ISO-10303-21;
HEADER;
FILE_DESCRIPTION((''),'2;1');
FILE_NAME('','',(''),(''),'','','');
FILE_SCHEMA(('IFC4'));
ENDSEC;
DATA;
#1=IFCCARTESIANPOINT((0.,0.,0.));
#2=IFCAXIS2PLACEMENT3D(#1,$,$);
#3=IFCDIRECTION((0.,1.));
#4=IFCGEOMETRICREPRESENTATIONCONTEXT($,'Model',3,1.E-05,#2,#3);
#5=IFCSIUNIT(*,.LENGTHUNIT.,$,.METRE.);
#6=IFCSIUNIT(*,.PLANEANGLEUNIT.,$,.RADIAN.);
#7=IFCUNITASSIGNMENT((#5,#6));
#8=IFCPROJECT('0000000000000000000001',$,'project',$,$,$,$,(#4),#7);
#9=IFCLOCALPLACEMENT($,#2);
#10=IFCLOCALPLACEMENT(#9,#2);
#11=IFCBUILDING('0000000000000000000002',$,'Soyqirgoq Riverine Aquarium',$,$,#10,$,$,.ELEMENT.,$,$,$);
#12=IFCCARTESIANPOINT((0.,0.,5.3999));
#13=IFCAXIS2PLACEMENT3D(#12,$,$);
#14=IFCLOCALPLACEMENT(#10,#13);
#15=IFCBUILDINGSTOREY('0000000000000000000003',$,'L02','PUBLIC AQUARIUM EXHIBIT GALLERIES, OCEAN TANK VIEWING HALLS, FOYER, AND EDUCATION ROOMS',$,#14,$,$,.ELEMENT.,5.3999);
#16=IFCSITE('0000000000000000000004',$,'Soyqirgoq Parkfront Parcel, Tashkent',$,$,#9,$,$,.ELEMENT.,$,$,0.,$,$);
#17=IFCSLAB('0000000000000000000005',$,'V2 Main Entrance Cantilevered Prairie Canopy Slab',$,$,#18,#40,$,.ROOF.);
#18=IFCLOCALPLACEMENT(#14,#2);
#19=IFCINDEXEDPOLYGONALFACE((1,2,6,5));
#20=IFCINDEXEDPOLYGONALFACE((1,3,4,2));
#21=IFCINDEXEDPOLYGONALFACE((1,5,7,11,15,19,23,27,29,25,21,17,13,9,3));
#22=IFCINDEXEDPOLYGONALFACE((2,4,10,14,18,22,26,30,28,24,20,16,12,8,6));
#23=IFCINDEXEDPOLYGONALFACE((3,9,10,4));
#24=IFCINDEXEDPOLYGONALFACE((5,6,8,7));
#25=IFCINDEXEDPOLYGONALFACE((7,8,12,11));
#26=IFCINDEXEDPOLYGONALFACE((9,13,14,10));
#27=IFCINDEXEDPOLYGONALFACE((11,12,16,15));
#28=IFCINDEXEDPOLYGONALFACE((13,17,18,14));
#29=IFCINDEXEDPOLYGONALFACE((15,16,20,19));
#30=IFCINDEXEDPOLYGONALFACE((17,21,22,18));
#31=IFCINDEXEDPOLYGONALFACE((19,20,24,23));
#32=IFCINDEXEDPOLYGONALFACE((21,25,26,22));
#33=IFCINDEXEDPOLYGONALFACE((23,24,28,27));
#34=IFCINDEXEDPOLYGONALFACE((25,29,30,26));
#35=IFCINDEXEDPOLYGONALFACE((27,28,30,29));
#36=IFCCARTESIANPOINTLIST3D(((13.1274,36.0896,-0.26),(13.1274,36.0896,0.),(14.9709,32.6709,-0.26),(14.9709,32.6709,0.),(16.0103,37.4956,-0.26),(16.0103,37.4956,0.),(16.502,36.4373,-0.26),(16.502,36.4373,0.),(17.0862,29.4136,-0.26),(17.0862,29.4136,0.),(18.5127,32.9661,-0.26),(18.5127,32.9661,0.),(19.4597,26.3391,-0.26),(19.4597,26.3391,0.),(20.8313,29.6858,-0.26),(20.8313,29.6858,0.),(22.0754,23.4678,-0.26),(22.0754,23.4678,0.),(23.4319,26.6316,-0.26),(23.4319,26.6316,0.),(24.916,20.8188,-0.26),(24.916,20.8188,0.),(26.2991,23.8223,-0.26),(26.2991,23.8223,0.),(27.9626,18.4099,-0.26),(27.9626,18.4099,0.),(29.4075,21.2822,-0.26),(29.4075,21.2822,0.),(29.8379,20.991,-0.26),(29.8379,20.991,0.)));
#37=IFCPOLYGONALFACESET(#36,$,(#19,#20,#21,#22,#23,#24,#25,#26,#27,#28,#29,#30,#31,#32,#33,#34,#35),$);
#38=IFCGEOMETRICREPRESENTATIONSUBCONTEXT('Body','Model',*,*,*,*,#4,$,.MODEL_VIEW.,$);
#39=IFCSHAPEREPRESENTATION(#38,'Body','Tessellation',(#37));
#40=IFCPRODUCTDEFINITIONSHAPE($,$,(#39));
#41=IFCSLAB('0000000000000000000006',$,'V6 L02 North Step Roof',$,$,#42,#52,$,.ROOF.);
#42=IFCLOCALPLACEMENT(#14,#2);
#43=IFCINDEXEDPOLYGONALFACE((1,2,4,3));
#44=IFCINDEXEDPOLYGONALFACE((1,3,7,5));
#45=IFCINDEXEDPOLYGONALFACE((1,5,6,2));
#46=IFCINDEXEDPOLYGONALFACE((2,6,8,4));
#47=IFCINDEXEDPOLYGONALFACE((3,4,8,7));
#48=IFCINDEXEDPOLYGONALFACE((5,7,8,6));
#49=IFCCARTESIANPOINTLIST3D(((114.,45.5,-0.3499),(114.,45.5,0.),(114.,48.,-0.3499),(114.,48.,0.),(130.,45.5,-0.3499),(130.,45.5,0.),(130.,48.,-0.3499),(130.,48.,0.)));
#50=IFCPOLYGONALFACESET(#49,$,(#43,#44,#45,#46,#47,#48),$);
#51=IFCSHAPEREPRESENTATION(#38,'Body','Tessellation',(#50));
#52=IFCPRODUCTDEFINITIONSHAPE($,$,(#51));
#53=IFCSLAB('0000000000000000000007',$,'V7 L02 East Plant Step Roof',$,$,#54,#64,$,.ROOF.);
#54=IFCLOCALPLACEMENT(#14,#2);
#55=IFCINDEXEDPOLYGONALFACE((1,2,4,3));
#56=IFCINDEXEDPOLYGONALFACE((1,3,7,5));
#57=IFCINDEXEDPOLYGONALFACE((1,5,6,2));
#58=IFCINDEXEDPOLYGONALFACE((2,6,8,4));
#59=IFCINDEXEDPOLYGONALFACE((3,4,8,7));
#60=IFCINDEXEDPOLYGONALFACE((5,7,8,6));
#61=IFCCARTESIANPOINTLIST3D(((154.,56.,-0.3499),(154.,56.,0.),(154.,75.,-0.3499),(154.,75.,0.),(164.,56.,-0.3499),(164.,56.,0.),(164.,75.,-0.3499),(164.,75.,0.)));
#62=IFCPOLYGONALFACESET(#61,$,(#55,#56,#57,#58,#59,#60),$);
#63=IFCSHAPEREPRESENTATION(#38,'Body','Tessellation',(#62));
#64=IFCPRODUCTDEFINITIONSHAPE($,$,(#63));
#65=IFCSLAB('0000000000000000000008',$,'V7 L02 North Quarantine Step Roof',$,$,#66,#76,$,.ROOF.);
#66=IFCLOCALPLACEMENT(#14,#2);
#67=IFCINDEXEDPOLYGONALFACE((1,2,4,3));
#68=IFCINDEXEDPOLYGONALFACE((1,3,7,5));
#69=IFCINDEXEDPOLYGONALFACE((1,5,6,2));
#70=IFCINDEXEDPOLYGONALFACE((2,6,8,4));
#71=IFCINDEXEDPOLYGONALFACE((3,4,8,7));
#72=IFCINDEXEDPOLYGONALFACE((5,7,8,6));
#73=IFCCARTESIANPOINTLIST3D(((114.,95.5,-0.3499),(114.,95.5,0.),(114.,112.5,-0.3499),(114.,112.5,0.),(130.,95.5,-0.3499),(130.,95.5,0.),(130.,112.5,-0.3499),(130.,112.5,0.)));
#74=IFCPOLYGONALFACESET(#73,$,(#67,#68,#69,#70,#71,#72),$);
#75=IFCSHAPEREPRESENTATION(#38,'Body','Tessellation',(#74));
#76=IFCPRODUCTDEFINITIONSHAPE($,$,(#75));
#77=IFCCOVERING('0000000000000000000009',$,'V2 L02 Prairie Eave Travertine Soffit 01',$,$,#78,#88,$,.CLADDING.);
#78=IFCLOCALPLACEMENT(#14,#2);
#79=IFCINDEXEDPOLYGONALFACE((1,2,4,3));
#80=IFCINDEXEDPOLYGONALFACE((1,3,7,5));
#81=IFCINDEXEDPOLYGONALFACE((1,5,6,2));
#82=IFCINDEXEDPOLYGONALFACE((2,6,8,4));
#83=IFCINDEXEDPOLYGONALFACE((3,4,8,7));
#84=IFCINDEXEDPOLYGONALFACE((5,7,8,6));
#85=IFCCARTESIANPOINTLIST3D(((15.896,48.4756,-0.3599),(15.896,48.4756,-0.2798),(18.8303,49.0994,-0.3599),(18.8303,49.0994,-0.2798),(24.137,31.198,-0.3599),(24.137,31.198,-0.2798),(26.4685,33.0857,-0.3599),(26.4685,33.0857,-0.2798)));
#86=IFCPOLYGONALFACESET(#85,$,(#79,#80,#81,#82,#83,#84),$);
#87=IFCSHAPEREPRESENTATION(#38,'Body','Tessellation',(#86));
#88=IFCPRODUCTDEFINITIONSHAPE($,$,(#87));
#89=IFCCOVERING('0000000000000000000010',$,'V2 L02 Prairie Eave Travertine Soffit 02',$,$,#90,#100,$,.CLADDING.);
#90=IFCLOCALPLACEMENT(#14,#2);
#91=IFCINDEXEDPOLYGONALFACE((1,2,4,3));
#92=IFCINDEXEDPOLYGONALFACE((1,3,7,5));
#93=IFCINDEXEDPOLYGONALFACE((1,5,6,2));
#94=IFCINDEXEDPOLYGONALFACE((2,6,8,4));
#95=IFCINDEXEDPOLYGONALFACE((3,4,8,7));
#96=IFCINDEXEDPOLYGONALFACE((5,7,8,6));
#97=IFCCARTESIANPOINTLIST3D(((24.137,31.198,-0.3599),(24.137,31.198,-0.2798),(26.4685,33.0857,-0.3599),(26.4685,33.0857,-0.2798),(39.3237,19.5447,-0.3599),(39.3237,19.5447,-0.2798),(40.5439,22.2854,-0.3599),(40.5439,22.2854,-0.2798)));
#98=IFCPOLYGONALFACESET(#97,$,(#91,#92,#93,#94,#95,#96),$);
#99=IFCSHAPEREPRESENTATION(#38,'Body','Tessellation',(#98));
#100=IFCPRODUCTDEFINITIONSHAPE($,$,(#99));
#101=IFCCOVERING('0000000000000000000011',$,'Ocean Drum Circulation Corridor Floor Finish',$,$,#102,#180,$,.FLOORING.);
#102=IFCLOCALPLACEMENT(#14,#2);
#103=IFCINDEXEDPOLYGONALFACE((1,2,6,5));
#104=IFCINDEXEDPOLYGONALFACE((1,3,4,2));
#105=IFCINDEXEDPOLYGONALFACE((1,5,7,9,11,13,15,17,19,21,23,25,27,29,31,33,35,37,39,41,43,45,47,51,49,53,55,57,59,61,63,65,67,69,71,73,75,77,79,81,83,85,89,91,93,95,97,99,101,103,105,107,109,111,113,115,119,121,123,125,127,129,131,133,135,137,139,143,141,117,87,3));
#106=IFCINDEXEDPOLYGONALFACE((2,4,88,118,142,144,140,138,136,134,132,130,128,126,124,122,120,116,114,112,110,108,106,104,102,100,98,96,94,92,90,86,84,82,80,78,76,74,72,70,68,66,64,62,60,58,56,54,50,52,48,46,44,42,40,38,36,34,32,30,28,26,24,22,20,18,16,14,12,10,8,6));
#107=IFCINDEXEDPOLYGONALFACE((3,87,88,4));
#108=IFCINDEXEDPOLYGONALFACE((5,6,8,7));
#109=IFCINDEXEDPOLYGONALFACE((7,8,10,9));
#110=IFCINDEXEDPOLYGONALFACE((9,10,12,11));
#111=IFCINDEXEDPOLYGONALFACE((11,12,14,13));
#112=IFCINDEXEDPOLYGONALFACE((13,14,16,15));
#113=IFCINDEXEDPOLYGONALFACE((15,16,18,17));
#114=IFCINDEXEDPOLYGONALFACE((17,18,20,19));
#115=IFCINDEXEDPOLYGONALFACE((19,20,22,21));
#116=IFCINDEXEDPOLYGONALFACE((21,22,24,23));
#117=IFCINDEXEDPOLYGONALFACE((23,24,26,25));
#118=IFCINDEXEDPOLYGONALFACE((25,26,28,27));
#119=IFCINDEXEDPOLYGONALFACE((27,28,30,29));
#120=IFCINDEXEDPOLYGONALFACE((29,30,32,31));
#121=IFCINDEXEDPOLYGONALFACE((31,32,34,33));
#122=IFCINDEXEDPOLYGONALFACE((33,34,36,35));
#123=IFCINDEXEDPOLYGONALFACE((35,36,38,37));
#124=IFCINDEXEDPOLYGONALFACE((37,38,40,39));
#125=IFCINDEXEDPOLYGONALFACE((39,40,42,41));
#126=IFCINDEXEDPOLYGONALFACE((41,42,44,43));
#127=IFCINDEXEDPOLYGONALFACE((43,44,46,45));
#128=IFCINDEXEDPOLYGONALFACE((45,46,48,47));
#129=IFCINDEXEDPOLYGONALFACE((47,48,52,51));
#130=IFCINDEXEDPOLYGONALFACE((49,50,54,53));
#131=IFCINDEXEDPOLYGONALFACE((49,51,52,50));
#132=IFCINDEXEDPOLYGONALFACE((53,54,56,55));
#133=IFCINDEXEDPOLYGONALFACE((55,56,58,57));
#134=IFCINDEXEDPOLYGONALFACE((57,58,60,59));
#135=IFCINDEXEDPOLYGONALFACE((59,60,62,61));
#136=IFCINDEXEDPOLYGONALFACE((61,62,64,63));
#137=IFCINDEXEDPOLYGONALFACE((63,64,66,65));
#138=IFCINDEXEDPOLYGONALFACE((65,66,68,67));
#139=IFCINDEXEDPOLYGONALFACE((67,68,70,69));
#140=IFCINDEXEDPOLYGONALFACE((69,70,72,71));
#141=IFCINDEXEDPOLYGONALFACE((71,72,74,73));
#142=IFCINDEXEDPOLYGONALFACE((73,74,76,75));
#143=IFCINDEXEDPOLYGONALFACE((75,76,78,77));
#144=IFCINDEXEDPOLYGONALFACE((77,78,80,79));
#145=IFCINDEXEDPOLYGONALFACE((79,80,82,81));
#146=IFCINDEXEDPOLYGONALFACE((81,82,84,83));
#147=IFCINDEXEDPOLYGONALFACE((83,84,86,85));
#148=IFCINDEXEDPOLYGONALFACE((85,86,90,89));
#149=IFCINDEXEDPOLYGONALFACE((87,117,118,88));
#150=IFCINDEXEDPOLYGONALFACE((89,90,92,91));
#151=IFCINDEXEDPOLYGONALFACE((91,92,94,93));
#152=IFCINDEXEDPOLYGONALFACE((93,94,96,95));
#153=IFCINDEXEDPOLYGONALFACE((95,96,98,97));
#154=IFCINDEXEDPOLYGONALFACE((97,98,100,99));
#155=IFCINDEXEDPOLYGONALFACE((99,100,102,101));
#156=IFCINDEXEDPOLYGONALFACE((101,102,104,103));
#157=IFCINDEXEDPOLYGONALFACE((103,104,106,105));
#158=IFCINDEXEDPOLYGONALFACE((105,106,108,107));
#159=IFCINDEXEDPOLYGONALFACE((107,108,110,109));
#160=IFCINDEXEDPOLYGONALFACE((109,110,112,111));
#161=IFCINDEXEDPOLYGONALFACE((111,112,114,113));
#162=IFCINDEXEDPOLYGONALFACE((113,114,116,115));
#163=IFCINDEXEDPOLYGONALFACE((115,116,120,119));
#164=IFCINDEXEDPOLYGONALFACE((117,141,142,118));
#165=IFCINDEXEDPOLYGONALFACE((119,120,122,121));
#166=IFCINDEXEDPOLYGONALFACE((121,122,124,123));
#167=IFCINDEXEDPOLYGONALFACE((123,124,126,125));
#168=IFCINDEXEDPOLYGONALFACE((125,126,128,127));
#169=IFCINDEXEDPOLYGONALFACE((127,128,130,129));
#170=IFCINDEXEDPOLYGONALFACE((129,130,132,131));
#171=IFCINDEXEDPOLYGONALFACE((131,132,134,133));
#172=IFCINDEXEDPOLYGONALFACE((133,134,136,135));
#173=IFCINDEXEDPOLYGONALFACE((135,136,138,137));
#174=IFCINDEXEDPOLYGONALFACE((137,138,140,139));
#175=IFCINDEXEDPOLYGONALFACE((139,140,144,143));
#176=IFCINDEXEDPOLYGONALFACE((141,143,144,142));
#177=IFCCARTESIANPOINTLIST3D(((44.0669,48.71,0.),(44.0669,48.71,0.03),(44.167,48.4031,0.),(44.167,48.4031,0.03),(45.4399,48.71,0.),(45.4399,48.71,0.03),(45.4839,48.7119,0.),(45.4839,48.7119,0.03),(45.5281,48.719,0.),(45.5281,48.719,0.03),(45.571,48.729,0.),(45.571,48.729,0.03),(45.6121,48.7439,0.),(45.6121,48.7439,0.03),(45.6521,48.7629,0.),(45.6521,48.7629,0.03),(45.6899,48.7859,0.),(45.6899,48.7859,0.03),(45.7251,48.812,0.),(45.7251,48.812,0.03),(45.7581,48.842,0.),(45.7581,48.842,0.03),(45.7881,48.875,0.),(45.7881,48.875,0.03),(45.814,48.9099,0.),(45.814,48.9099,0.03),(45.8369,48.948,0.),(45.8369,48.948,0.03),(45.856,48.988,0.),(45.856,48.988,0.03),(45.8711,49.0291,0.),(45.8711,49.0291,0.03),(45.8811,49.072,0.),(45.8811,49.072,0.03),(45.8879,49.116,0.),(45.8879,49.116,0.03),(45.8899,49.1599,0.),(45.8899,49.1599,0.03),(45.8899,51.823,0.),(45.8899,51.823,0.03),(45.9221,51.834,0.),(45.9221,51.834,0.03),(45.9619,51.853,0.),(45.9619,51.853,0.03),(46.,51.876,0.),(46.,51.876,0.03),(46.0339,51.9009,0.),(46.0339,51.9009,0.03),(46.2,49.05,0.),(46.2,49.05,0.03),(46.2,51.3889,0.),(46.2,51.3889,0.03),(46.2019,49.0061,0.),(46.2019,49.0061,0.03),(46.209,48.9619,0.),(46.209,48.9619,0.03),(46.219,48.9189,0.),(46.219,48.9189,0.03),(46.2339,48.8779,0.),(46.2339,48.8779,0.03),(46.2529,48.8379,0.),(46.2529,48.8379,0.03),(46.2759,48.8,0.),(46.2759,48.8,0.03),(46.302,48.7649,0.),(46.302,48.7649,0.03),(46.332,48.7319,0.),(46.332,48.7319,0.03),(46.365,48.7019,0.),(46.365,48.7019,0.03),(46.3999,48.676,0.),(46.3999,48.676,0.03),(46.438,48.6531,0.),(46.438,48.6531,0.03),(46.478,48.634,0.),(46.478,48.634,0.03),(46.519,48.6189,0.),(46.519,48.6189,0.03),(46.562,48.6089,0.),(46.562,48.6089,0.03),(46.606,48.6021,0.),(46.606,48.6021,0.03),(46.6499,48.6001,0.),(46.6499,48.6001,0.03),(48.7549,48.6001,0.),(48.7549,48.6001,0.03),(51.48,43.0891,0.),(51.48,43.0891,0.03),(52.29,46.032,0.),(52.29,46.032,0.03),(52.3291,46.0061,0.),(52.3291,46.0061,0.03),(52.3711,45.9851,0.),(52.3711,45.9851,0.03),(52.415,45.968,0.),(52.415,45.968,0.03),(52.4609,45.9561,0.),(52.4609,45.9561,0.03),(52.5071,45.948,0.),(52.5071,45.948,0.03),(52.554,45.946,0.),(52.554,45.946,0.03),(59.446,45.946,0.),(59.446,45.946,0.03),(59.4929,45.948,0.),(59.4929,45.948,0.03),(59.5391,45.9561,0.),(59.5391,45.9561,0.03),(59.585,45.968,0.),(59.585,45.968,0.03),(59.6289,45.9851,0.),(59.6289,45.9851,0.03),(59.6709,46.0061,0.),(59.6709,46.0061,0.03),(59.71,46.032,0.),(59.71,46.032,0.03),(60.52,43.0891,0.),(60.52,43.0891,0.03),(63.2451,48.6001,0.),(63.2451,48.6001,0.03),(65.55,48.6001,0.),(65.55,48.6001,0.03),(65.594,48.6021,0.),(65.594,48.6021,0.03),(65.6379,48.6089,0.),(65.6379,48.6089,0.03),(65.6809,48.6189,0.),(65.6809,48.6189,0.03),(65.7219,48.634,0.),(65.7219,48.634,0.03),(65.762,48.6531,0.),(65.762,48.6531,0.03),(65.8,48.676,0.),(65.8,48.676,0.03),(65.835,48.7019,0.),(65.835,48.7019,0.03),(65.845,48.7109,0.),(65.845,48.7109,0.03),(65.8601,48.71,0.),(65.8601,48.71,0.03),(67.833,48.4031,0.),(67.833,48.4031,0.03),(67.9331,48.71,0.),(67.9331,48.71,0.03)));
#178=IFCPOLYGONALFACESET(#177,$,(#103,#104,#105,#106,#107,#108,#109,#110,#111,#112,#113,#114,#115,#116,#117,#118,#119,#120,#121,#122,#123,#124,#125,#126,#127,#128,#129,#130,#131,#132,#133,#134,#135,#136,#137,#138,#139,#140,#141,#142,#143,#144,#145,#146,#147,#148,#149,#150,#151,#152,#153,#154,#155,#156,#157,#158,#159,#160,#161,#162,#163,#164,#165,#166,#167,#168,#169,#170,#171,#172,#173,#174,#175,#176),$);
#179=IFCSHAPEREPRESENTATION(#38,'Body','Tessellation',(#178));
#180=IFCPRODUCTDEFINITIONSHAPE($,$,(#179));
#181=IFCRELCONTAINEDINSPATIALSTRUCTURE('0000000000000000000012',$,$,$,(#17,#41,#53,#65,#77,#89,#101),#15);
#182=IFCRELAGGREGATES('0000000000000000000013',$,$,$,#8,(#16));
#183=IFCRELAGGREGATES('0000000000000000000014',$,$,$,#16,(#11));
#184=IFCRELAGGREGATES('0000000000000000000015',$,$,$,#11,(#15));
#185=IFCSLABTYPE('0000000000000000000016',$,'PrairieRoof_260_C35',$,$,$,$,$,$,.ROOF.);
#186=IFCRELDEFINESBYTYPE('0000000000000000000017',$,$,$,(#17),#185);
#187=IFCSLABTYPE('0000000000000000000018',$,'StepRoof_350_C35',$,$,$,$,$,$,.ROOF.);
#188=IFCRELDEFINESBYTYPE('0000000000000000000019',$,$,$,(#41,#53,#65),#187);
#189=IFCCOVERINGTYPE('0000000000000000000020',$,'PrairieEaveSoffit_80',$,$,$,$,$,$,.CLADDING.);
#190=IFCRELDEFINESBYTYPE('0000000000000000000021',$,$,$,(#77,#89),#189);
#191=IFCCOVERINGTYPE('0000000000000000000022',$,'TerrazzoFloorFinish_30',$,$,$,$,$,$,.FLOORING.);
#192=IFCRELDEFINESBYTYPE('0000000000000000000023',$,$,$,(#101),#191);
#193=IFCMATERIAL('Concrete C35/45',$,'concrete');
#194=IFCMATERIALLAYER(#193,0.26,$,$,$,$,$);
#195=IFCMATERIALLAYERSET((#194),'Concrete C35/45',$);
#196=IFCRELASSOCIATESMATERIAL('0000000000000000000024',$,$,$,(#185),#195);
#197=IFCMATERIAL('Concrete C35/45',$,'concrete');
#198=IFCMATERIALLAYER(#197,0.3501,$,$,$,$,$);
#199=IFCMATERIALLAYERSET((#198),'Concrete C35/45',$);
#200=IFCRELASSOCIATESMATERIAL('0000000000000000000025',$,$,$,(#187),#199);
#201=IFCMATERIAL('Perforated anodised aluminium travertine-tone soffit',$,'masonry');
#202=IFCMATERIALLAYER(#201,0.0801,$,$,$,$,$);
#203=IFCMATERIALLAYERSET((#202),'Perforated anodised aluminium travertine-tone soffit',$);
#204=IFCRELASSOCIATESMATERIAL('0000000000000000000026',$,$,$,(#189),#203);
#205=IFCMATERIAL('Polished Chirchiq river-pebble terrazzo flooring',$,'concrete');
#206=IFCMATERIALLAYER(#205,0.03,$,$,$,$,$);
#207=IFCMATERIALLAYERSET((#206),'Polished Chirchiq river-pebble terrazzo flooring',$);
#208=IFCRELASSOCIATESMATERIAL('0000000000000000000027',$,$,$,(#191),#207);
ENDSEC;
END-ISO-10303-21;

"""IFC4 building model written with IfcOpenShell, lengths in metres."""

from ifc_helpers import new_model, si_unit, direction, frame, origin, place, context, subcontext, project, spatial, polyline, outline, extrude, material, layer, layer_set, type_object, element, save


model = new_model("IFC4")

# Units and contexts
model_context = context("Model", 3, precision=1e-05, world=origin(), true_north=direction((0.0, 1.0)))
body_context = subcontext(model_context, "Body", "Model", "MODEL_VIEW")
ifc_project = project(units=[si_unit("LENGTHUNIT", "METRE"), si_unit("PLANEANGLEUNIT", "RADIAN")], contexts=[model_context])

# Site, building, storey
site_placement = place(None, origin())
site = spatial("IfcSite", under=ifc_project, at=site_placement, Name="Soyqirgoq Parkfront Parcel, Tashkent", CompositionType="ELEMENT", RefElevation=0.0)
building_placement = place(site_placement, origin())
building = spatial("IfcBuilding", under=site, at=building_placement, Name="Soyqirgoq Riverine Aquarium", CompositionType="ELEMENT")
storey_placement = place(building_placement, frame((0.0, 0.0, 5.3999)))
storey = spatial("IfcBuildingStorey", under=building, at=storey_placement, Name="L02", Description="PUBLIC AQUARIUM EXHIBIT GALLERIES, OCEAN TANK VIEWING HALLS, FOYER, AND EDUCATION ROOMS", CompositionType="ELEMENT", Elevation=5.3999)

# Slabs
ifc_material_1 = material(Name="Concrete C35/45", Category="concrete")
ifc_layer_1 = layer(ifc_material_1, 0.26)
ifc_layer_set_1 = layer_set([ifc_layer_1], Name="Concrete C35/45")
slab_type_1 = type_object("IfcSlabType", Name="PrairieRoof_260_C35", PredefinedType="ROOF", material=ifc_layer_set_1)
slab_1_placement = place(storey_placement, frame((0.0, 0.0, -0.26)))
element("IfcSlab", 1, at=slab_1_placement, inside=storey, type_object=slab_type_1, Name="V2 Main Entrance Cantilevered Prairie Canopy Slab", PredefinedType="ROOF", context=body_context, shape_type="SweptSolid", body=[
    extrude(outline(polyline([(29.8379, 20.991), (29.4075, 21.2822), (26.2991, 23.8223), (23.4319, 26.6316), (20.8313, 29.6858), (18.5127, 32.9661), (16.502, 36.4373), (16.0103, 37.4956), (13.1274, 36.0896), (14.9709, 32.6709), (17.0862, 29.4136), (19.4597, 26.3391), (22.0754, 23.4678), (24.916, 20.8188), (27.9626, 18.4099), (29.8379, 20.991)])), origin(), (0.0, 0.0, 1.0), 0.26),
])
ifc_material_2 = material(Name="Concrete C35/45", Category="concrete")
ifc_layer_2 = layer(ifc_material_2, 0.3501)
ifc_layer_set_2 = layer_set([ifc_layer_2], Name="Concrete C35/45")
slab_type_2 = type_object("IfcSlabType", Name="StepRoof_350_C35", PredefinedType="ROOF", material=ifc_layer_set_2)
slab_2_placement = place(storey_placement, frame((0.0, 0.0, -0.3499)))
element("IfcSlab", 2, at=slab_2_placement, inside=storey, type_object=slab_type_2, Name="V6 L02 North Step Roof", PredefinedType="ROOF", context=body_context, shape_type="SweptSolid", body=[
    extrude(outline(polyline([(114.0, 45.5), (130.0, 45.5), (130.0, 48.0), (114.0, 48.0), (114.0, 45.5)])), origin(), (0.0, 0.0, 1.0), 0.3499),
])
slab_3_placement = place(storey_placement, frame((0.0, 0.0, -0.3499)))
element("IfcSlab", 3, at=slab_3_placement, inside=storey, type_object=slab_type_2, Name="V7 L02 East Plant Step Roof", PredefinedType="ROOF", context=body_context, shape_type="SweptSolid", body=[
    extrude(outline(polyline([(154.0, 56.0), (164.0, 56.0), (164.0, 75.0), (154.0, 75.0), (154.0, 56.0)])), origin(), (0.0, 0.0, 1.0), 0.3499),
])
slab_4_placement = place(storey_placement, frame((0.0, 0.0, -0.3499)))
element("IfcSlab", 4, at=slab_4_placement, inside=storey, type_object=slab_type_2, Name="V7 L02 North Quarantine Step Roof", PredefinedType="ROOF", context=body_context, shape_type="SweptSolid", body=[
    extrude(outline(polyline([(114.0, 95.5), (130.0, 95.5), (130.0, 112.5), (114.0, 112.5), (114.0, 95.5)])), origin(), (0.0, 0.0, 1.0), 0.3499),
])

# Coverings
ifc_material_3 = material(Name="Perforated anodised aluminium travertine-tone soffit", Category="masonry")
ifc_layer_3 = layer(ifc_material_3, 0.0801)
ifc_layer_set_3 = layer_set([ifc_layer_3], Name="Perforated anodised aluminium travertine-tone soffit")
covering_type_1 = type_object("IfcCoveringType", Name="PrairieEaveSoffit_80", PredefinedType="CLADDING", material=ifc_layer_set_3)
covering_1_placement = place(storey_placement, frame((0.0, 0.0, -0.3599)))
element("IfcCovering", 5, at=covering_1_placement, inside=storey, type_object=covering_type_1, Name="V2 L02 Prairie Eave Travertine Soffit 01", PredefinedType="CLADDING", context=body_context, shape_type="SweptSolid", body=[
    extrude(outline(polyline([(18.8303, 49.0994), (15.896, 48.4756), (24.137, 31.198), (26.4685, 33.0857), (18.8303, 49.0994)])), origin(), (0.0, 0.0, 1.0), 0.0801),
])
covering_2_placement = place(storey_placement, frame((0.0, 0.0, -0.3599)))
element("IfcCovering", 6, at=covering_2_placement, inside=storey, type_object=covering_type_1, Name="V2 L02 Prairie Eave Travertine Soffit 02", PredefinedType="CLADDING", context=body_context, shape_type="SweptSolid", body=[
    extrude(outline(polyline([(26.4685, 33.0857), (24.137, 31.198), (39.3237, 19.5447), (40.5439, 22.2854), (26.4685, 33.0857)])), origin(), (0.0, 0.0, 1.0), 0.0801),
])
ifc_material_4 = material(Name="Polished Chirchiq river-pebble terrazzo flooring", Category="concrete")
ifc_layer_4 = layer(ifc_material_4, 0.03)
ifc_layer_set_4 = layer_set([ifc_layer_4], Name="Polished Chirchiq river-pebble terrazzo flooring")
covering_type_2 = type_object("IfcCoveringType", Name="TerrazzoFloorFinish_30", PredefinedType="FLOORING", material=ifc_layer_set_4)
covering_3_placement = place(storey_placement, origin())
element("IfcCovering", 7, at=covering_3_placement, inside=storey, type_object=covering_type_2, Name="Ocean Drum Circulation Corridor Floor Finish", PredefinedType="FLOORING", context=body_context, shape_type="SweptSolid", body=[
    extrude(outline(polyline([(45.4399, 48.71), (45.4839, 48.7119), (45.5281, 48.719), (45.571, 48.729), (45.6121, 48.7439), (45.6521, 48.7629), (45.6899, 48.7859), (45.7251, 48.812), (45.7581, 48.842), (45.7881, 48.875), (45.814, 48.9099), (45.8369, 48.948), (45.856, 48.988), (45.8711, 49.0291), (45.8811, 49.072), (45.8879, 49.116), (45.8899, 49.1599), (45.8899, 51.823), (45.9221, 51.834), (45.9619, 51.853), (46.0, 51.876), (46.0339, 51.9009), (46.2, 51.3889), (46.2, 49.05), (46.2019, 49.0061), (46.209, 48.9619), (46.219, 48.9189), (46.2339, 48.8779), (46.2529, 48.8379), (46.2759, 48.8), (46.302, 48.7649), (46.332, 48.7319), (46.365, 48.7019), (46.3999, 48.676), (46.438, 48.6531), (46.478, 48.634), (46.519, 48.6189), (46.562, 48.6089), (46.606, 48.6021), (46.6499, 48.6001), (48.7549, 48.6001), (52.29, 46.032), (52.3291, 46.0061), (52.3711, 45.9851), (52.415, 45.968), (52.4609, 45.9561), (52.5071, 45.948), (52.554, 45.946), (59.446, 45.946), (59.4929, 45.948), (59.5391, 45.9561), (59.585, 45.968), (59.6289, 45.9851), (59.6709, 46.0061), (59.71, 46.032), (63.2451, 48.6001), (65.55, 48.6001), (65.594, 48.6021), (65.6379, 48.6089), (65.6809, 48.6189), (65.7219, 48.634), (65.762, 48.6531), (65.8, 48.676), (65.835, 48.7019), (65.845, 48.7109), (65.8601, 48.71), (67.9331, 48.71), (67.833, 48.4031), (60.52, 43.0891), (51.48, 43.0891), (44.167, 48.4031), (44.0669, 48.71), (45.4399, 48.71)])), origin(), (0.0, 0.0, 1.0), 0.03),
])

save(model, "model.ifc")
